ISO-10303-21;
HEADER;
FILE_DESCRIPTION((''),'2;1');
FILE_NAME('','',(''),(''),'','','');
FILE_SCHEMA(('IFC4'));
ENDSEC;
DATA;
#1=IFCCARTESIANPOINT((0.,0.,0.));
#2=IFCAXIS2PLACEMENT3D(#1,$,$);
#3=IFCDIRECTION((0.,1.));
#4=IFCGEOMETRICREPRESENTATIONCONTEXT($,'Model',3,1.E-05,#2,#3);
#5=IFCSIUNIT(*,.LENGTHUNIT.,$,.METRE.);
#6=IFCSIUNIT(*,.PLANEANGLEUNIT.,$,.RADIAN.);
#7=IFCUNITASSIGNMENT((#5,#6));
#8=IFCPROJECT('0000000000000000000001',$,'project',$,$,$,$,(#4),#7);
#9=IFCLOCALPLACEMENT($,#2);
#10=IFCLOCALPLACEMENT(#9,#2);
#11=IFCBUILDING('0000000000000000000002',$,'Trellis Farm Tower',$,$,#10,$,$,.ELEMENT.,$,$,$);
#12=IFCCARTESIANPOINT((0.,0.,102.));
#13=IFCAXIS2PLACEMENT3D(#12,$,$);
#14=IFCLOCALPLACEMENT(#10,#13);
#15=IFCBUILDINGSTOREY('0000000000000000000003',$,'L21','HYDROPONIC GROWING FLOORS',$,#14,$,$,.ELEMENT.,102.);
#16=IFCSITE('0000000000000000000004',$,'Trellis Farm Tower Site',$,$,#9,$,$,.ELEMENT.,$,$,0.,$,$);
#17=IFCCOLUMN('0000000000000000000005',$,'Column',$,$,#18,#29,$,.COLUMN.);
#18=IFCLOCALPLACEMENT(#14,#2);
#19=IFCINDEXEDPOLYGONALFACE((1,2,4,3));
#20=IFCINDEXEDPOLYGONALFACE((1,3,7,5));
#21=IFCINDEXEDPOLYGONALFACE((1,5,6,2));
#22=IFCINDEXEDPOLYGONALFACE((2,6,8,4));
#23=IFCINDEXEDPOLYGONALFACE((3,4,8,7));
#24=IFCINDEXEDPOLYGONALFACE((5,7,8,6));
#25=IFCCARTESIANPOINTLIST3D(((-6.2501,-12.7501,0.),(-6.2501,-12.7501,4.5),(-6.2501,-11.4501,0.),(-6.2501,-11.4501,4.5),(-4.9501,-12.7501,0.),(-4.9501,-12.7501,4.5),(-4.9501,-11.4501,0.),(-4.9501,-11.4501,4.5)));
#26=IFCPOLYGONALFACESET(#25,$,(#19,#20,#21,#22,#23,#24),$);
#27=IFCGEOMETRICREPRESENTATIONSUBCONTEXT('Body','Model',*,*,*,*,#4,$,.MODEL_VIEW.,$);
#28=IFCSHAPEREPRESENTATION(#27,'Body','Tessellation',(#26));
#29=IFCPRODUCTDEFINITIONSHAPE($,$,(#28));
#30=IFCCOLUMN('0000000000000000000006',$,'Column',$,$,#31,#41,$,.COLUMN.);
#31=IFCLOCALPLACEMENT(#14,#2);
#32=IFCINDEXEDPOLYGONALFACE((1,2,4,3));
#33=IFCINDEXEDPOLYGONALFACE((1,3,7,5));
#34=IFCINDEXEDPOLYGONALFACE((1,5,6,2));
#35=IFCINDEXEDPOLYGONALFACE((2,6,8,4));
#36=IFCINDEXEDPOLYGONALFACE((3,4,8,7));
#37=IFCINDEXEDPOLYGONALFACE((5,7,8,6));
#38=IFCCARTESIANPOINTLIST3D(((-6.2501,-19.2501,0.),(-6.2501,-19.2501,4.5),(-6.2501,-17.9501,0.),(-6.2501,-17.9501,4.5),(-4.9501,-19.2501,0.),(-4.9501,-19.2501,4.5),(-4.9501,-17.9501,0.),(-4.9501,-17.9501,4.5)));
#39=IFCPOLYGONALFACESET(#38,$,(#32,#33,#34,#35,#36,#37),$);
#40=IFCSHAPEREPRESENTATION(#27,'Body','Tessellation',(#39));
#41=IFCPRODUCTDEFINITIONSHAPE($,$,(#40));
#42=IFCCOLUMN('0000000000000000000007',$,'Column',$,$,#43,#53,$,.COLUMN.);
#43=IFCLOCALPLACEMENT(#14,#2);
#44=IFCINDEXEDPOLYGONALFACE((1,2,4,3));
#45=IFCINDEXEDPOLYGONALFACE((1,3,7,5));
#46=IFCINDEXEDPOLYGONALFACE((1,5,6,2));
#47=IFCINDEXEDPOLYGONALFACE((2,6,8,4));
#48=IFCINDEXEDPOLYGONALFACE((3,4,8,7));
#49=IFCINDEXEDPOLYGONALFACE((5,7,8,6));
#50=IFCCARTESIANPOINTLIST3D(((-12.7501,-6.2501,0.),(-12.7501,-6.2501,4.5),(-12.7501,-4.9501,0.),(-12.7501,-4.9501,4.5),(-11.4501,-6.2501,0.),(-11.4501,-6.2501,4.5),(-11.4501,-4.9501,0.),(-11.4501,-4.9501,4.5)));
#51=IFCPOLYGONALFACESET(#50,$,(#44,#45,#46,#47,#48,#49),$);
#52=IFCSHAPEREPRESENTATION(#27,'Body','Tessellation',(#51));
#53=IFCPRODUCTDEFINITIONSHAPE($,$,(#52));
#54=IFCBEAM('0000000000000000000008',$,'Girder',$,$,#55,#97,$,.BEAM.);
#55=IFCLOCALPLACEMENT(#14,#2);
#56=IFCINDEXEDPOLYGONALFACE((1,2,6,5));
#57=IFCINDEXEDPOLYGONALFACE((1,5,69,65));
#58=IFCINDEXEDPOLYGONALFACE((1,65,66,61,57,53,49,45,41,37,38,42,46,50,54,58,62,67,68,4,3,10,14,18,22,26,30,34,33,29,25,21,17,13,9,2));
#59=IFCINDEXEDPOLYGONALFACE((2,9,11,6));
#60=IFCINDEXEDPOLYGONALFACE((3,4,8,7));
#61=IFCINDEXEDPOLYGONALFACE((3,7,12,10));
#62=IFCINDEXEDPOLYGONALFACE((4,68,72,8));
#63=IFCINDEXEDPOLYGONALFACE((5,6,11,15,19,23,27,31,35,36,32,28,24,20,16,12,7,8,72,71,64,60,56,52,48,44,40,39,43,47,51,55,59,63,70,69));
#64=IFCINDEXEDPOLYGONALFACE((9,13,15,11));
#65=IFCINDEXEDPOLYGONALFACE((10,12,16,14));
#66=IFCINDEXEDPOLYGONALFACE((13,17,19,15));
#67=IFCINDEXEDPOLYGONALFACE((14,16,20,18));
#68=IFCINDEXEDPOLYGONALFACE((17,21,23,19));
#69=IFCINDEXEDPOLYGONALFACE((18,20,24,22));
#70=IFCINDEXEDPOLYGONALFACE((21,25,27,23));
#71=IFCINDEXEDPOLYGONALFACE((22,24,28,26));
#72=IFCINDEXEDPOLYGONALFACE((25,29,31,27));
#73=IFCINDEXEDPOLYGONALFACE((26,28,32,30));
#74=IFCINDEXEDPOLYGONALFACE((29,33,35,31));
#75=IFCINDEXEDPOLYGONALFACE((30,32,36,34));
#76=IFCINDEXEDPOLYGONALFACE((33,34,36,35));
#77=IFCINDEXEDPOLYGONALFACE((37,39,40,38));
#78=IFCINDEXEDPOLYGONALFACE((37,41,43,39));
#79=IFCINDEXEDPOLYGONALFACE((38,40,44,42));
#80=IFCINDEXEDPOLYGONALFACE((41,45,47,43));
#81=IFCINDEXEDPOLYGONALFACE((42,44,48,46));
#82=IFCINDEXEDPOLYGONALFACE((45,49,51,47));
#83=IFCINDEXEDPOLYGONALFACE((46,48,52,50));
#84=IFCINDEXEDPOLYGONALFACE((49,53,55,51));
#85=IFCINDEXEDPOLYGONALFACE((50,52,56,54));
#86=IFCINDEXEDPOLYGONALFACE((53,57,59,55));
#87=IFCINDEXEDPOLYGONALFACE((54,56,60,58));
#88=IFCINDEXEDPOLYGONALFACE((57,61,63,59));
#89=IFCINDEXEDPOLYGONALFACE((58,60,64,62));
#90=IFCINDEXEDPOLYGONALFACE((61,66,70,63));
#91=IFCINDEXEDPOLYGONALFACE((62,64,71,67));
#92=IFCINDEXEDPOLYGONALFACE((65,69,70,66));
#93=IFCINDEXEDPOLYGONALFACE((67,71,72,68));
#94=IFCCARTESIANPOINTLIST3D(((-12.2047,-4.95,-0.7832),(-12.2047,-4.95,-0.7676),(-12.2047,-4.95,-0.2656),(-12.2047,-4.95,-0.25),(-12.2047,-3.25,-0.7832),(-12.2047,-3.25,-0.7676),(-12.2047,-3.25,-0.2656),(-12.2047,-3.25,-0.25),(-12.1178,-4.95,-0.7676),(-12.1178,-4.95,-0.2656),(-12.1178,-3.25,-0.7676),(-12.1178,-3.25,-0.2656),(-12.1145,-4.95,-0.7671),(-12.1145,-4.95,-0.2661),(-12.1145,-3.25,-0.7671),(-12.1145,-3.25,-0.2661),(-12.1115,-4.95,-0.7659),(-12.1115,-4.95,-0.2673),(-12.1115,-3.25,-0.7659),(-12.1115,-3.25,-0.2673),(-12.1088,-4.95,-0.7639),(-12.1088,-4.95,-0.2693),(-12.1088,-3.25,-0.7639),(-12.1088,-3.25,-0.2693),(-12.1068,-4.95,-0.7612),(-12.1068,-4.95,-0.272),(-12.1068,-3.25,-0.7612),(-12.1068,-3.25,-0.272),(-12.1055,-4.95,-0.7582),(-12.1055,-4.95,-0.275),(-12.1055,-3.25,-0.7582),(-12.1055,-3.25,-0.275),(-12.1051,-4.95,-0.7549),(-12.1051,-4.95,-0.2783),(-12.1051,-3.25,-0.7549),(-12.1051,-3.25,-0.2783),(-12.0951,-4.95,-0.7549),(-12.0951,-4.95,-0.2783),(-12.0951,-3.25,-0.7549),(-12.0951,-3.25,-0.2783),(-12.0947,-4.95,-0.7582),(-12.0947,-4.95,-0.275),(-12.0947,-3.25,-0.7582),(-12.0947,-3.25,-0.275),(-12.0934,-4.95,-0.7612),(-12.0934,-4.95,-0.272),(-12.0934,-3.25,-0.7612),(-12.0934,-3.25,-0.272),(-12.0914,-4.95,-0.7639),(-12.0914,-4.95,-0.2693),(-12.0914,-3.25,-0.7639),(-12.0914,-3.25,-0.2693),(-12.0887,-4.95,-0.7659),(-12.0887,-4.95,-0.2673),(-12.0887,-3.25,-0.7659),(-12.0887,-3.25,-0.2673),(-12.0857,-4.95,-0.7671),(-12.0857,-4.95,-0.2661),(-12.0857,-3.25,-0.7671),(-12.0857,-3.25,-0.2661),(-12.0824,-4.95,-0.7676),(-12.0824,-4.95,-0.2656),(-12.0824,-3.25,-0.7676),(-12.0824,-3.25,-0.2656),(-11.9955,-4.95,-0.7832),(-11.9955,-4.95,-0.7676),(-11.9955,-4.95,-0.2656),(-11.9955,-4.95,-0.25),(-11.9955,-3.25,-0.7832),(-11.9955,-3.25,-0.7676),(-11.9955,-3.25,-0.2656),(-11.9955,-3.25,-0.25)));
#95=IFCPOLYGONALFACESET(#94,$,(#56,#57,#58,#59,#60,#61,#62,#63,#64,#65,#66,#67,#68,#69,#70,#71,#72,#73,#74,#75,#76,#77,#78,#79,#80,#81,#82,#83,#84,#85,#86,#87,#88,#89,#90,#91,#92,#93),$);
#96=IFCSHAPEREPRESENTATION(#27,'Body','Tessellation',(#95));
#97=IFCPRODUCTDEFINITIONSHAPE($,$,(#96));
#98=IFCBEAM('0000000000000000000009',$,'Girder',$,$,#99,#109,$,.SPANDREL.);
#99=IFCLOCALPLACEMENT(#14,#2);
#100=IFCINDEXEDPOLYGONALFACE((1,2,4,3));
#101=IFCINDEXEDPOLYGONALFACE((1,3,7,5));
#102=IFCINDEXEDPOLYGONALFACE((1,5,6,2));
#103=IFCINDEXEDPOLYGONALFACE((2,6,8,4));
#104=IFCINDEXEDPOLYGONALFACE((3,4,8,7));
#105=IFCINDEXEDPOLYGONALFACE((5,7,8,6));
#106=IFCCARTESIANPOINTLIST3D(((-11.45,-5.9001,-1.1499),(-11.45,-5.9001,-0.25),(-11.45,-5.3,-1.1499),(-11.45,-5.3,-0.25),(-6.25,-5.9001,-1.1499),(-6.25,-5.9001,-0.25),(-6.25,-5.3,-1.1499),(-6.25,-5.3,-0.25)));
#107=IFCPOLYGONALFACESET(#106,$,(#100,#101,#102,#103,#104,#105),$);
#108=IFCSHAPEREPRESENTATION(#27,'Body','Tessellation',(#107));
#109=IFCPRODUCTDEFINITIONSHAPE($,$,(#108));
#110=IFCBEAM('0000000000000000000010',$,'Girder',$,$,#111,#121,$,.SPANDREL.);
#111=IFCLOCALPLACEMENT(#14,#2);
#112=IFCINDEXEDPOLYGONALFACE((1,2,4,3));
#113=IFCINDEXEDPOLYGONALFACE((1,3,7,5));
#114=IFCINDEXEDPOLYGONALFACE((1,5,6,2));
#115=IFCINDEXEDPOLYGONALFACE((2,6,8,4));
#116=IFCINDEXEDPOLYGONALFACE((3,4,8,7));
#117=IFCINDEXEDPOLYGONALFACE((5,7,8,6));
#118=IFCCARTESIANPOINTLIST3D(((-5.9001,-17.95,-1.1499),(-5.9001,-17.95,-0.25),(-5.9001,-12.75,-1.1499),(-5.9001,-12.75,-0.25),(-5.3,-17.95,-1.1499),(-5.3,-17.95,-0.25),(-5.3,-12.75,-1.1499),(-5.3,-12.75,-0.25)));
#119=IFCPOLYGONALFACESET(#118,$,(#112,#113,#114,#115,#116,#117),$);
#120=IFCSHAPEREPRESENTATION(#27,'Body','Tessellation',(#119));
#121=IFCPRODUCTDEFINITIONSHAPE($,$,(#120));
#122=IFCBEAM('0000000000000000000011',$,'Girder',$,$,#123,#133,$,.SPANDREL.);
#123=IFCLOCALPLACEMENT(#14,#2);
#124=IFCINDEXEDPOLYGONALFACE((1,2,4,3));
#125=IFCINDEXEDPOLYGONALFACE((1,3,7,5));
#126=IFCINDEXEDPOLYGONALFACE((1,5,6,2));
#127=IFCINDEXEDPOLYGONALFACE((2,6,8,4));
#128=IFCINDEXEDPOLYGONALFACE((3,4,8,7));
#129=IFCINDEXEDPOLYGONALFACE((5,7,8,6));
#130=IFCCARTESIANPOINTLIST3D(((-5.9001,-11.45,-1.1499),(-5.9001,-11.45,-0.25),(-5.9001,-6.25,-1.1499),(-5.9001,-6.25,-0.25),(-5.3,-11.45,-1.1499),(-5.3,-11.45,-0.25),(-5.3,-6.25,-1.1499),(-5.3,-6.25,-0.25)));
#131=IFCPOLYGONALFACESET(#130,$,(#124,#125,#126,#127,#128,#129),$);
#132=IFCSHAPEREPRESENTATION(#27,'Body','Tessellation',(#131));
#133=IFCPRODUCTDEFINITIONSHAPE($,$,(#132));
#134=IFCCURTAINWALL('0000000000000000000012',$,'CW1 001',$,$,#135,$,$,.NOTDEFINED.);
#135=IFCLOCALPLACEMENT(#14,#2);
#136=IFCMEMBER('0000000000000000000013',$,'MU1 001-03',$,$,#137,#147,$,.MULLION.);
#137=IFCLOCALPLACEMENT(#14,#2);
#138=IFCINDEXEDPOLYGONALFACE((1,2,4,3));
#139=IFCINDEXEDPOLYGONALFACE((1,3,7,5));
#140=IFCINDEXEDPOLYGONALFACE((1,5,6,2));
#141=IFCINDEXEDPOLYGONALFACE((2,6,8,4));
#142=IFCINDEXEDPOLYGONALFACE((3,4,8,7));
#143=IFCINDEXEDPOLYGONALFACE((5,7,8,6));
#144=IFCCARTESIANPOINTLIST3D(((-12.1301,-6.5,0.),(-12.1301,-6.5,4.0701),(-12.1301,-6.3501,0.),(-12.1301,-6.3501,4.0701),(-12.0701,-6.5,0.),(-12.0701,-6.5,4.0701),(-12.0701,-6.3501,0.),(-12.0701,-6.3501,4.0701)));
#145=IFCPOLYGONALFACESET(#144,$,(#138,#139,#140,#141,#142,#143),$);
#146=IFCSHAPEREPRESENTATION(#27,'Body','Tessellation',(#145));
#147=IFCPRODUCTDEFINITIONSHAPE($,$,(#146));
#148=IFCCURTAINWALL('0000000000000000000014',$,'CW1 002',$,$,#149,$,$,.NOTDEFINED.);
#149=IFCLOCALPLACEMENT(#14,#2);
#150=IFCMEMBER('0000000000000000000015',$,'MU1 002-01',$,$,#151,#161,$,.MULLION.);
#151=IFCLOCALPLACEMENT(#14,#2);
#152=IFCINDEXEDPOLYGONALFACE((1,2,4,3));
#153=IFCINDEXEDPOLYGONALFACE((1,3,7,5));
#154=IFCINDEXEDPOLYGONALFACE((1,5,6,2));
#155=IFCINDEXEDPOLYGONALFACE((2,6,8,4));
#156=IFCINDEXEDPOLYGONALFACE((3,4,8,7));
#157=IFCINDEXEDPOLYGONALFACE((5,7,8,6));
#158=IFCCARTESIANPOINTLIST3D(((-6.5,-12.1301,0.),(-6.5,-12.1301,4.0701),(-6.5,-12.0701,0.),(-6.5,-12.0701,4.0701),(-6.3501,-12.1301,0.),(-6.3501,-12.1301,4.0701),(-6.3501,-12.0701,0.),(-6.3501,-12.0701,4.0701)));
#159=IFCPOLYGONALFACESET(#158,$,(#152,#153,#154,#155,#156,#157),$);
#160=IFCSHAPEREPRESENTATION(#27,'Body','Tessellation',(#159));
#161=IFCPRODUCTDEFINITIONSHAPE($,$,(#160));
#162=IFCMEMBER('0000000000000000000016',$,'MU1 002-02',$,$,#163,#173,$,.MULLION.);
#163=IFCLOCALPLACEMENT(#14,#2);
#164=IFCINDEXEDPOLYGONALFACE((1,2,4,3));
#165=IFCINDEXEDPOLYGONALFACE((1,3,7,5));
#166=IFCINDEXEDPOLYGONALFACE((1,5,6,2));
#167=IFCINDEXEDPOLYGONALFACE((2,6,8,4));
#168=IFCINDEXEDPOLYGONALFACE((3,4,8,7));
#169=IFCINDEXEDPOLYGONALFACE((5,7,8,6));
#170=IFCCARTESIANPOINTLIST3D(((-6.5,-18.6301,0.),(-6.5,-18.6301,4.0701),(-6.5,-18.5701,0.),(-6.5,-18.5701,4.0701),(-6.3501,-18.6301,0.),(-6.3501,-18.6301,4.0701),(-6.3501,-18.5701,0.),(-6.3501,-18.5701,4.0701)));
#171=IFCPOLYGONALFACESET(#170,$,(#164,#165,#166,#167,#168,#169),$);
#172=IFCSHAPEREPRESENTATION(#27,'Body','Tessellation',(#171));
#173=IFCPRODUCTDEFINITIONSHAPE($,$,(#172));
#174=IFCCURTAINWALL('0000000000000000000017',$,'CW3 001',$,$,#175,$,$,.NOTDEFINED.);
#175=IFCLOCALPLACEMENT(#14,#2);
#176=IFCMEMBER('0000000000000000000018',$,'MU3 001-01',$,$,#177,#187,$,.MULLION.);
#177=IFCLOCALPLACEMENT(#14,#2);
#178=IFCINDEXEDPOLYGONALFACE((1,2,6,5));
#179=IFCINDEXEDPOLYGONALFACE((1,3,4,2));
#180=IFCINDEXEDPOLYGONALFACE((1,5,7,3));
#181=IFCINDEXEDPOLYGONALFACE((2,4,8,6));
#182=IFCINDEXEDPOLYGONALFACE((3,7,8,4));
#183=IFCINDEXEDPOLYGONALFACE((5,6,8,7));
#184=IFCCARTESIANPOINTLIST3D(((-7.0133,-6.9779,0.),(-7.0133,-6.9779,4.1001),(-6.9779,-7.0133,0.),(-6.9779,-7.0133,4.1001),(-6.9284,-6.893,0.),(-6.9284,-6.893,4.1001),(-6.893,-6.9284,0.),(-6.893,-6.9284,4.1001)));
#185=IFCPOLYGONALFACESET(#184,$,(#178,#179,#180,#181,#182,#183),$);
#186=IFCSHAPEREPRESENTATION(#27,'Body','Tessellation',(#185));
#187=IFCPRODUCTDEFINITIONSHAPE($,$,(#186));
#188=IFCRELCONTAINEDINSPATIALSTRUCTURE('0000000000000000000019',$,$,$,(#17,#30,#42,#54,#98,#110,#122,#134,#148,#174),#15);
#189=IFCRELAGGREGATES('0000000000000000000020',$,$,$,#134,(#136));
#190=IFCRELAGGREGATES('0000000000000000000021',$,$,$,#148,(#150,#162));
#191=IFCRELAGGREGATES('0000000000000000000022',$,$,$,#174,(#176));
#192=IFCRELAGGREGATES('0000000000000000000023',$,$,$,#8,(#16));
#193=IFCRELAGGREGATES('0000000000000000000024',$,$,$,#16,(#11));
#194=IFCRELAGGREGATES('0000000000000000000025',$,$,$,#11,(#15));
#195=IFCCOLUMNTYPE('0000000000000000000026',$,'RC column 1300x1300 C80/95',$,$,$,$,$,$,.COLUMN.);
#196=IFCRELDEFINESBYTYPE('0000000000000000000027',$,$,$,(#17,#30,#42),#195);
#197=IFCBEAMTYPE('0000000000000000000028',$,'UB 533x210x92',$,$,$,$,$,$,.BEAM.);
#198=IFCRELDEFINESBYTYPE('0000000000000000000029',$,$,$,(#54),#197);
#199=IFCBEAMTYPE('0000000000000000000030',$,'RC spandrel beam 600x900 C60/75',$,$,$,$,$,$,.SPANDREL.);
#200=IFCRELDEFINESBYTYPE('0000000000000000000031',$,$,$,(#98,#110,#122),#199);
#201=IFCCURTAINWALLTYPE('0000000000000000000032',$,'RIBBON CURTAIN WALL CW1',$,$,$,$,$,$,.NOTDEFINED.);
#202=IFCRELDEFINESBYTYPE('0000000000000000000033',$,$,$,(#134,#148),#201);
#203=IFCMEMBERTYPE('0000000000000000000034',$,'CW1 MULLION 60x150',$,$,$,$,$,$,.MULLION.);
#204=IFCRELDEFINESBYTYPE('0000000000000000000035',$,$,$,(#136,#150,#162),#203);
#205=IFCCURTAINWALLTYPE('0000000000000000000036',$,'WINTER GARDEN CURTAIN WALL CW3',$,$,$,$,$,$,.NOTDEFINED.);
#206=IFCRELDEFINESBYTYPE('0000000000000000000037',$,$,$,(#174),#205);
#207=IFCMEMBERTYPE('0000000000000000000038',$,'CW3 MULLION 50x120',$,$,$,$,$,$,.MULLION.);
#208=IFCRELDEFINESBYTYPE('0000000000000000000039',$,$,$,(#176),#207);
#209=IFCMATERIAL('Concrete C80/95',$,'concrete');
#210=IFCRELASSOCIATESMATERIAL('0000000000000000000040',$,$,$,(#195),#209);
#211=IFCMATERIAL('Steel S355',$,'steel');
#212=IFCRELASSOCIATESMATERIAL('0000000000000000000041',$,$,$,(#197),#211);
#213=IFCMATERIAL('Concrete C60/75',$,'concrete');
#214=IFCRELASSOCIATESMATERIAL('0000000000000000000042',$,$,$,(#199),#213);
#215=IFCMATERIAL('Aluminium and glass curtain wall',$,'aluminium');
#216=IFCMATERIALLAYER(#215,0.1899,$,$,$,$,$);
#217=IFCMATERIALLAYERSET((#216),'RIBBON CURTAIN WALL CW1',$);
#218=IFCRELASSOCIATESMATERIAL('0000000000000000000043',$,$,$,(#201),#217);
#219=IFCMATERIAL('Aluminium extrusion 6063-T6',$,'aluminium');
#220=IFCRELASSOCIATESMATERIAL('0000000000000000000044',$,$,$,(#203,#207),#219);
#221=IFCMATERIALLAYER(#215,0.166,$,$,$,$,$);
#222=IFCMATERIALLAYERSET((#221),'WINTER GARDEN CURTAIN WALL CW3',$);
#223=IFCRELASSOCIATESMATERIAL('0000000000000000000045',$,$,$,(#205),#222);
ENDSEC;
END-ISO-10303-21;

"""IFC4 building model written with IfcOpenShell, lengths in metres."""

from ifc_helpers import new_model, si_unit, direction, frame, origin, origin_2d, place, context, subcontext, project, spatial, rectangle, i_section, extrude, source, transform, mapped, material, layer, layer_set, material_profile, profile_set, type_object, element, aggregate, save


model = new_model("IFC4")

# Units and contexts
model_context = context("Model", 3, precision=1e-05, world=origin(), true_north=direction((0.0, 1.0)))
body_context = subcontext(model_context, "Body", "Model", "MODEL_VIEW")
ifc_project = project(units=[si_unit("LENGTHUNIT", "METRE"), si_unit("PLANEANGLEUNIT", "RADIAN")], contexts=[model_context])

# Site, building, storey
site_placement = place(None, origin())
site = spatial("IfcSite", under=ifc_project, at=site_placement, Name="Trellis Farm Tower Site", CompositionType="ELEMENT", RefElevation=0.0)
building_placement = place(site_placement, origin())
building = spatial("IfcBuilding", under=site, at=building_placement, Name="Trellis Farm Tower", CompositionType="ELEMENT")
storey_placement = place(building_placement, frame((0.0, 0.0, 102.0)))
storey = spatial("IfcBuildingStorey", under=building, at=storey_placement, Name="L21", Description="HYDROPONIC GROWING FLOORS", CompositionType="ELEMENT", Elevation=102.0)

# Columns
ifc_material_1 = material(Name="Concrete C80/95", Category="concrete")
ifc_material_profile_1 = material_profile(ifc_material_1, rectangle(XDim=1.3, YDim=1.3, at=origin_2d()), Name="RC column 1300x1300 C80/95")
ifc_profile_set_1 = profile_set([ifc_material_profile_1], Name="Concrete C80/95")
column_type = type_object("IfcColumnType", Name="RC column 1300x1300 C80/95", PredefinedType="COLUMN", material=ifc_profile_set_1)
shared_shape_1 = source(origin(), body_context, "Body", "SweptSolid", [
    extrude(rectangle(XDim=1.3, YDim=1.3, at=origin_2d()), origin(), (0.0, 0.0, 1.0), 4.5),
])
for number, where, z_axis, x_axis, name in (
    (1, (-5.6001, -12.1001, 0.0), (0.0, 0.0, 1.0), (1.0, 0.0, 0.0), "Column"),
    (2, (-5.6001, -18.6001, 0.0), (0.0, 0.0, 1.0), (1.0, 0.0, 0.0), "Column"),
    (3, (-12.1001, -5.6001, 0.0), (0.0, 0.0, 1.0), (1.0, 0.0, 0.0), "Column"),
):
    element("IfcColumn", number, at=place(storey_placement, frame(where, z_axis=z_axis, x_axis=x_axis)), inside=storey, type_object=column_type, Name=name, PredefinedType="COLUMN", context=body_context, shape_type="MappedRepresentation", body=[
        mapped(shared_shape_1, transform((0.0, 0.0, 0.0))),
    ])

# Beams
ifc_material_2 = material(Name="Steel S355", Category="steel")
ifc_material_profile_2 = material_profile(ifc_material_2, i_section(OverallWidth=0.2092, OverallDepth=0.5332, WebThickness=0.01, FlangeThickness=0.0156, FilletRadius=0.0127, at=origin_2d()), Name="UB 533x210x92")
ifc_profile_set_2 = profile_set([ifc_material_profile_2], Name="Steel S355")
beam_type_1 = type_object("IfcBeamType", Name="UB 533x210x92", PredefinedType="BEAM", material=ifc_profile_set_2)
shared_shape_2 = source(origin(), body_context, "Body", "SweptSolid", [
    extrude(i_section(OverallWidth=0.2092, OverallDepth=0.5332, WebThickness=0.01, FlangeThickness=0.0156, FilletRadius=0.0127, at=origin_2d()), origin(), (0.0, 0.0, 1.0), 1.7),
])
beam_placement = place(storey_placement, frame((-12.1001, -4.95, -0.5166), z_axis=(0.0, 1.0, 0.0), x_axis=(-1.0, 0.0, 0.0)))
element("IfcBeam", 4, at=beam_placement, inside=storey, type_object=beam_type_1, Name="Girder", PredefinedType="BEAM", context=body_context, shape_type="MappedRepresentation", body=[
    mapped(shared_shape_2, transform((0.0, 0.0, 0.0))),
])
ifc_material_3 = material(Name="Concrete C60/75", Category="concrete")
ifc_material_profile_3 = material_profile(ifc_material_3, rectangle(XDim=0.6001, YDim=0.8999, at=origin_2d()), Name="RC spandrel beam 600x900 C60/75")
ifc_profile_set_3 = profile_set([ifc_material_profile_3], Name="Concrete C60/75")
beam_type_2 = type_object("IfcBeamType", Name="RC spandrel beam 600x900 C60/75", PredefinedType="SPANDREL", material=ifc_profile_set_3)
shared_shape_3 = source(origin(), body_context, "Body", "SweptSolid", [
    extrude(rectangle(XDim=0.6001, YDim=0.8999, at=origin_2d()), origin(), (0.0, 0.0, 1.0), 5.2),
])
for number, where, z_axis, x_axis, name in (
    (5, (-11.45, -5.6001, -0.7), (1.0, 0.0, 0.0), (0.0, 1.0, 0.0), "Girder"),
    (6, (-5.6001, -17.95, -0.7), (0.0, 1.0, 0.0), (-1.0, 0.0, 0.0), "Girder"),
    (7, (-5.6001, -11.45, -0.7), (0.0, 1.0, 0.0), (-1.0, 0.0, 0.0), "Girder"),
):
    element("IfcBeam", number, at=place(storey_placement, frame(where, z_axis=z_axis, x_axis=x_axis)), inside=storey, type_object=beam_type_2, Name=name, PredefinedType="SPANDREL", context=body_context, shape_type="MappedRepresentation", body=[
        mapped(shared_shape_3, transform((0.0, 0.0, 0.0))),
    ])

# Curtain wall, member
ifc_material_4 = material(Name="Aluminium and glass curtain wall", Category="aluminium")
ifc_layer_1 = layer(ifc_material_4, 0.1899)
ifc_layer_set_1 = layer_set([ifc_layer_1], Name="RIBBON CURTAIN WALL CW1")
curtain_wall_type_1 = type_object("IfcCurtainWallType", Name="RIBBON CURTAIN WALL CW1", PredefinedType="NOTDEFINED", material=ifc_layer_set_1)
placement = place(storey_placement, origin())
curtain_wall_1 = element("IfcCurtainWall", 8, at=placement, inside=storey, type_object=curtain_wall_type_1, Name="CW1 001", PredefinedType="NOTDEFINED")
ifc_material_5 = material(Name="Aluminium extrusion 6063-T6", Category="aluminium")
ifc_material_profile_4 = material_profile(ifc_material_5, rectangle(XDim=0.0601, YDim=0.1499, at=origin_2d()), Name="MULLION 60x150")
ifc_profile_set_4 = profile_set([ifc_material_profile_4], Name="Aluminium extrusion 6063-T6")
member_type_1 = type_object("IfcMemberType", Name="CW1 MULLION 60x150", PredefinedType="MULLION", material=ifc_profile_set_4)
shared_shape_4 = source(origin(), body_context, "Body", "SweptSolid", [
    extrude(rectangle(XDim=0.0601, YDim=0.1499, at=origin_2d()), origin(), (0.0, 0.0, 1.0), 4.0701),
])
member_1_placement = place(storey_placement, frame((-12.1001, -6.425, 0.0), z_axis=(0.0, 0.0, 1.0), x_axis=(1.0, 0.0, 0.0)))
member_1 = element("IfcMember", 9, at=member_1_placement, type_object=member_type_1, Name="MU1 001-03", PredefinedType="MULLION", context=body_context, shape_type="MappedRepresentation", body=[
    mapped(shared_shape_4, transform((0.0, 0.0, 0.0))),
])
aggregate(curtain_wall_1, [member_1])

# Curtain wall, members
curtain_wall_2 = element("IfcCurtainWall", 10, at=placement, inside=storey, type_object=curtain_wall_type_1, Name="CW1 002", PredefinedType="NOTDEFINED")
member_2_placement = place(storey_placement, frame((-6.425, -12.1001, 0.0), z_axis=(0.0, 0.0, 1.0), x_axis=(0.0, -1.0, 0.0)))
member_2 = element("IfcMember", 11, at=member_2_placement, type_object=member_type_1, Name="MU1 002-01", PredefinedType="MULLION", context=body_context, shape_type="MappedRepresentation", body=[
    mapped(shared_shape_4, transform((0.0, 0.0, 0.0))),
])
member_3_placement = place(storey_placement, frame((-6.425, -18.6001, 0.0), z_axis=(0.0, 0.0, 1.0), x_axis=(0.0, -1.0, 0.0)))
member_3 = element("IfcMember", 12, at=member_3_placement, type_object=member_type_1, Name="MU1 002-02", PredefinedType="MULLION", context=body_context, shape_type="MappedRepresentation", body=[
    mapped(shared_shape_4, transform((0.0, 0.0, 0.0))),
])
aggregate(curtain_wall_2, [member_2, member_3])

# Curtain wall, member
ifc_layer_2 = layer(ifc_material_4, 0.166)
ifc_layer_set_2 = layer_set([ifc_layer_2], Name="WINTER GARDEN CURTAIN WALL CW3")
curtain_wall_type_2 = type_object("IfcCurtainWallType", Name="WINTER GARDEN CURTAIN WALL CW3", PredefinedType="NOTDEFINED", material=ifc_layer_set_2)
curtain_wall_3 = element("IfcCurtainWall", 13, at=placement, inside=storey, type_object=curtain_wall_type_2, Name="CW3 001", PredefinedType="NOTDEFINED")
ifc_material_profile_5 = material_profile(ifc_material_5, rectangle(XDim=0.05, YDim=0.1201, at=origin_2d()), Name="MULLION 50x120")
ifc_profile_set_5 = profile_set([ifc_material_profile_5], Name="Aluminium extrusion 6063-T6")
member_type_2 = type_object("IfcMemberType", Name="CW3 MULLION 50x120", PredefinedType="MULLION", material=ifc_profile_set_5)
shared_shape_5 = source(origin(), body_context, "Body", "SweptSolid", [
    extrude(rectangle(XDim=0.05, YDim=0.1201, at=origin_2d()), origin(), (0.0, 0.0, 1.0), 4.1001),
])
member_4_placement = place(storey_placement, frame((-6.9531, -6.9531, 0.0), z_axis=(0.0, 0.0, 1.0), x_axis=(0.707107, -0.707107, 0.0)))
member_4 = element("IfcMember", 14, at=member_4_placement, type_object=member_type_2, Name="MU3 001-01", PredefinedType="MULLION", context=body_context, shape_type="MappedRepresentation", body=[
    mapped(shared_shape_5, transform((0.0, 0.0, 0.0))),
])
aggregate(curtain_wall_3, [member_4])

save(model, "model.ifc")
